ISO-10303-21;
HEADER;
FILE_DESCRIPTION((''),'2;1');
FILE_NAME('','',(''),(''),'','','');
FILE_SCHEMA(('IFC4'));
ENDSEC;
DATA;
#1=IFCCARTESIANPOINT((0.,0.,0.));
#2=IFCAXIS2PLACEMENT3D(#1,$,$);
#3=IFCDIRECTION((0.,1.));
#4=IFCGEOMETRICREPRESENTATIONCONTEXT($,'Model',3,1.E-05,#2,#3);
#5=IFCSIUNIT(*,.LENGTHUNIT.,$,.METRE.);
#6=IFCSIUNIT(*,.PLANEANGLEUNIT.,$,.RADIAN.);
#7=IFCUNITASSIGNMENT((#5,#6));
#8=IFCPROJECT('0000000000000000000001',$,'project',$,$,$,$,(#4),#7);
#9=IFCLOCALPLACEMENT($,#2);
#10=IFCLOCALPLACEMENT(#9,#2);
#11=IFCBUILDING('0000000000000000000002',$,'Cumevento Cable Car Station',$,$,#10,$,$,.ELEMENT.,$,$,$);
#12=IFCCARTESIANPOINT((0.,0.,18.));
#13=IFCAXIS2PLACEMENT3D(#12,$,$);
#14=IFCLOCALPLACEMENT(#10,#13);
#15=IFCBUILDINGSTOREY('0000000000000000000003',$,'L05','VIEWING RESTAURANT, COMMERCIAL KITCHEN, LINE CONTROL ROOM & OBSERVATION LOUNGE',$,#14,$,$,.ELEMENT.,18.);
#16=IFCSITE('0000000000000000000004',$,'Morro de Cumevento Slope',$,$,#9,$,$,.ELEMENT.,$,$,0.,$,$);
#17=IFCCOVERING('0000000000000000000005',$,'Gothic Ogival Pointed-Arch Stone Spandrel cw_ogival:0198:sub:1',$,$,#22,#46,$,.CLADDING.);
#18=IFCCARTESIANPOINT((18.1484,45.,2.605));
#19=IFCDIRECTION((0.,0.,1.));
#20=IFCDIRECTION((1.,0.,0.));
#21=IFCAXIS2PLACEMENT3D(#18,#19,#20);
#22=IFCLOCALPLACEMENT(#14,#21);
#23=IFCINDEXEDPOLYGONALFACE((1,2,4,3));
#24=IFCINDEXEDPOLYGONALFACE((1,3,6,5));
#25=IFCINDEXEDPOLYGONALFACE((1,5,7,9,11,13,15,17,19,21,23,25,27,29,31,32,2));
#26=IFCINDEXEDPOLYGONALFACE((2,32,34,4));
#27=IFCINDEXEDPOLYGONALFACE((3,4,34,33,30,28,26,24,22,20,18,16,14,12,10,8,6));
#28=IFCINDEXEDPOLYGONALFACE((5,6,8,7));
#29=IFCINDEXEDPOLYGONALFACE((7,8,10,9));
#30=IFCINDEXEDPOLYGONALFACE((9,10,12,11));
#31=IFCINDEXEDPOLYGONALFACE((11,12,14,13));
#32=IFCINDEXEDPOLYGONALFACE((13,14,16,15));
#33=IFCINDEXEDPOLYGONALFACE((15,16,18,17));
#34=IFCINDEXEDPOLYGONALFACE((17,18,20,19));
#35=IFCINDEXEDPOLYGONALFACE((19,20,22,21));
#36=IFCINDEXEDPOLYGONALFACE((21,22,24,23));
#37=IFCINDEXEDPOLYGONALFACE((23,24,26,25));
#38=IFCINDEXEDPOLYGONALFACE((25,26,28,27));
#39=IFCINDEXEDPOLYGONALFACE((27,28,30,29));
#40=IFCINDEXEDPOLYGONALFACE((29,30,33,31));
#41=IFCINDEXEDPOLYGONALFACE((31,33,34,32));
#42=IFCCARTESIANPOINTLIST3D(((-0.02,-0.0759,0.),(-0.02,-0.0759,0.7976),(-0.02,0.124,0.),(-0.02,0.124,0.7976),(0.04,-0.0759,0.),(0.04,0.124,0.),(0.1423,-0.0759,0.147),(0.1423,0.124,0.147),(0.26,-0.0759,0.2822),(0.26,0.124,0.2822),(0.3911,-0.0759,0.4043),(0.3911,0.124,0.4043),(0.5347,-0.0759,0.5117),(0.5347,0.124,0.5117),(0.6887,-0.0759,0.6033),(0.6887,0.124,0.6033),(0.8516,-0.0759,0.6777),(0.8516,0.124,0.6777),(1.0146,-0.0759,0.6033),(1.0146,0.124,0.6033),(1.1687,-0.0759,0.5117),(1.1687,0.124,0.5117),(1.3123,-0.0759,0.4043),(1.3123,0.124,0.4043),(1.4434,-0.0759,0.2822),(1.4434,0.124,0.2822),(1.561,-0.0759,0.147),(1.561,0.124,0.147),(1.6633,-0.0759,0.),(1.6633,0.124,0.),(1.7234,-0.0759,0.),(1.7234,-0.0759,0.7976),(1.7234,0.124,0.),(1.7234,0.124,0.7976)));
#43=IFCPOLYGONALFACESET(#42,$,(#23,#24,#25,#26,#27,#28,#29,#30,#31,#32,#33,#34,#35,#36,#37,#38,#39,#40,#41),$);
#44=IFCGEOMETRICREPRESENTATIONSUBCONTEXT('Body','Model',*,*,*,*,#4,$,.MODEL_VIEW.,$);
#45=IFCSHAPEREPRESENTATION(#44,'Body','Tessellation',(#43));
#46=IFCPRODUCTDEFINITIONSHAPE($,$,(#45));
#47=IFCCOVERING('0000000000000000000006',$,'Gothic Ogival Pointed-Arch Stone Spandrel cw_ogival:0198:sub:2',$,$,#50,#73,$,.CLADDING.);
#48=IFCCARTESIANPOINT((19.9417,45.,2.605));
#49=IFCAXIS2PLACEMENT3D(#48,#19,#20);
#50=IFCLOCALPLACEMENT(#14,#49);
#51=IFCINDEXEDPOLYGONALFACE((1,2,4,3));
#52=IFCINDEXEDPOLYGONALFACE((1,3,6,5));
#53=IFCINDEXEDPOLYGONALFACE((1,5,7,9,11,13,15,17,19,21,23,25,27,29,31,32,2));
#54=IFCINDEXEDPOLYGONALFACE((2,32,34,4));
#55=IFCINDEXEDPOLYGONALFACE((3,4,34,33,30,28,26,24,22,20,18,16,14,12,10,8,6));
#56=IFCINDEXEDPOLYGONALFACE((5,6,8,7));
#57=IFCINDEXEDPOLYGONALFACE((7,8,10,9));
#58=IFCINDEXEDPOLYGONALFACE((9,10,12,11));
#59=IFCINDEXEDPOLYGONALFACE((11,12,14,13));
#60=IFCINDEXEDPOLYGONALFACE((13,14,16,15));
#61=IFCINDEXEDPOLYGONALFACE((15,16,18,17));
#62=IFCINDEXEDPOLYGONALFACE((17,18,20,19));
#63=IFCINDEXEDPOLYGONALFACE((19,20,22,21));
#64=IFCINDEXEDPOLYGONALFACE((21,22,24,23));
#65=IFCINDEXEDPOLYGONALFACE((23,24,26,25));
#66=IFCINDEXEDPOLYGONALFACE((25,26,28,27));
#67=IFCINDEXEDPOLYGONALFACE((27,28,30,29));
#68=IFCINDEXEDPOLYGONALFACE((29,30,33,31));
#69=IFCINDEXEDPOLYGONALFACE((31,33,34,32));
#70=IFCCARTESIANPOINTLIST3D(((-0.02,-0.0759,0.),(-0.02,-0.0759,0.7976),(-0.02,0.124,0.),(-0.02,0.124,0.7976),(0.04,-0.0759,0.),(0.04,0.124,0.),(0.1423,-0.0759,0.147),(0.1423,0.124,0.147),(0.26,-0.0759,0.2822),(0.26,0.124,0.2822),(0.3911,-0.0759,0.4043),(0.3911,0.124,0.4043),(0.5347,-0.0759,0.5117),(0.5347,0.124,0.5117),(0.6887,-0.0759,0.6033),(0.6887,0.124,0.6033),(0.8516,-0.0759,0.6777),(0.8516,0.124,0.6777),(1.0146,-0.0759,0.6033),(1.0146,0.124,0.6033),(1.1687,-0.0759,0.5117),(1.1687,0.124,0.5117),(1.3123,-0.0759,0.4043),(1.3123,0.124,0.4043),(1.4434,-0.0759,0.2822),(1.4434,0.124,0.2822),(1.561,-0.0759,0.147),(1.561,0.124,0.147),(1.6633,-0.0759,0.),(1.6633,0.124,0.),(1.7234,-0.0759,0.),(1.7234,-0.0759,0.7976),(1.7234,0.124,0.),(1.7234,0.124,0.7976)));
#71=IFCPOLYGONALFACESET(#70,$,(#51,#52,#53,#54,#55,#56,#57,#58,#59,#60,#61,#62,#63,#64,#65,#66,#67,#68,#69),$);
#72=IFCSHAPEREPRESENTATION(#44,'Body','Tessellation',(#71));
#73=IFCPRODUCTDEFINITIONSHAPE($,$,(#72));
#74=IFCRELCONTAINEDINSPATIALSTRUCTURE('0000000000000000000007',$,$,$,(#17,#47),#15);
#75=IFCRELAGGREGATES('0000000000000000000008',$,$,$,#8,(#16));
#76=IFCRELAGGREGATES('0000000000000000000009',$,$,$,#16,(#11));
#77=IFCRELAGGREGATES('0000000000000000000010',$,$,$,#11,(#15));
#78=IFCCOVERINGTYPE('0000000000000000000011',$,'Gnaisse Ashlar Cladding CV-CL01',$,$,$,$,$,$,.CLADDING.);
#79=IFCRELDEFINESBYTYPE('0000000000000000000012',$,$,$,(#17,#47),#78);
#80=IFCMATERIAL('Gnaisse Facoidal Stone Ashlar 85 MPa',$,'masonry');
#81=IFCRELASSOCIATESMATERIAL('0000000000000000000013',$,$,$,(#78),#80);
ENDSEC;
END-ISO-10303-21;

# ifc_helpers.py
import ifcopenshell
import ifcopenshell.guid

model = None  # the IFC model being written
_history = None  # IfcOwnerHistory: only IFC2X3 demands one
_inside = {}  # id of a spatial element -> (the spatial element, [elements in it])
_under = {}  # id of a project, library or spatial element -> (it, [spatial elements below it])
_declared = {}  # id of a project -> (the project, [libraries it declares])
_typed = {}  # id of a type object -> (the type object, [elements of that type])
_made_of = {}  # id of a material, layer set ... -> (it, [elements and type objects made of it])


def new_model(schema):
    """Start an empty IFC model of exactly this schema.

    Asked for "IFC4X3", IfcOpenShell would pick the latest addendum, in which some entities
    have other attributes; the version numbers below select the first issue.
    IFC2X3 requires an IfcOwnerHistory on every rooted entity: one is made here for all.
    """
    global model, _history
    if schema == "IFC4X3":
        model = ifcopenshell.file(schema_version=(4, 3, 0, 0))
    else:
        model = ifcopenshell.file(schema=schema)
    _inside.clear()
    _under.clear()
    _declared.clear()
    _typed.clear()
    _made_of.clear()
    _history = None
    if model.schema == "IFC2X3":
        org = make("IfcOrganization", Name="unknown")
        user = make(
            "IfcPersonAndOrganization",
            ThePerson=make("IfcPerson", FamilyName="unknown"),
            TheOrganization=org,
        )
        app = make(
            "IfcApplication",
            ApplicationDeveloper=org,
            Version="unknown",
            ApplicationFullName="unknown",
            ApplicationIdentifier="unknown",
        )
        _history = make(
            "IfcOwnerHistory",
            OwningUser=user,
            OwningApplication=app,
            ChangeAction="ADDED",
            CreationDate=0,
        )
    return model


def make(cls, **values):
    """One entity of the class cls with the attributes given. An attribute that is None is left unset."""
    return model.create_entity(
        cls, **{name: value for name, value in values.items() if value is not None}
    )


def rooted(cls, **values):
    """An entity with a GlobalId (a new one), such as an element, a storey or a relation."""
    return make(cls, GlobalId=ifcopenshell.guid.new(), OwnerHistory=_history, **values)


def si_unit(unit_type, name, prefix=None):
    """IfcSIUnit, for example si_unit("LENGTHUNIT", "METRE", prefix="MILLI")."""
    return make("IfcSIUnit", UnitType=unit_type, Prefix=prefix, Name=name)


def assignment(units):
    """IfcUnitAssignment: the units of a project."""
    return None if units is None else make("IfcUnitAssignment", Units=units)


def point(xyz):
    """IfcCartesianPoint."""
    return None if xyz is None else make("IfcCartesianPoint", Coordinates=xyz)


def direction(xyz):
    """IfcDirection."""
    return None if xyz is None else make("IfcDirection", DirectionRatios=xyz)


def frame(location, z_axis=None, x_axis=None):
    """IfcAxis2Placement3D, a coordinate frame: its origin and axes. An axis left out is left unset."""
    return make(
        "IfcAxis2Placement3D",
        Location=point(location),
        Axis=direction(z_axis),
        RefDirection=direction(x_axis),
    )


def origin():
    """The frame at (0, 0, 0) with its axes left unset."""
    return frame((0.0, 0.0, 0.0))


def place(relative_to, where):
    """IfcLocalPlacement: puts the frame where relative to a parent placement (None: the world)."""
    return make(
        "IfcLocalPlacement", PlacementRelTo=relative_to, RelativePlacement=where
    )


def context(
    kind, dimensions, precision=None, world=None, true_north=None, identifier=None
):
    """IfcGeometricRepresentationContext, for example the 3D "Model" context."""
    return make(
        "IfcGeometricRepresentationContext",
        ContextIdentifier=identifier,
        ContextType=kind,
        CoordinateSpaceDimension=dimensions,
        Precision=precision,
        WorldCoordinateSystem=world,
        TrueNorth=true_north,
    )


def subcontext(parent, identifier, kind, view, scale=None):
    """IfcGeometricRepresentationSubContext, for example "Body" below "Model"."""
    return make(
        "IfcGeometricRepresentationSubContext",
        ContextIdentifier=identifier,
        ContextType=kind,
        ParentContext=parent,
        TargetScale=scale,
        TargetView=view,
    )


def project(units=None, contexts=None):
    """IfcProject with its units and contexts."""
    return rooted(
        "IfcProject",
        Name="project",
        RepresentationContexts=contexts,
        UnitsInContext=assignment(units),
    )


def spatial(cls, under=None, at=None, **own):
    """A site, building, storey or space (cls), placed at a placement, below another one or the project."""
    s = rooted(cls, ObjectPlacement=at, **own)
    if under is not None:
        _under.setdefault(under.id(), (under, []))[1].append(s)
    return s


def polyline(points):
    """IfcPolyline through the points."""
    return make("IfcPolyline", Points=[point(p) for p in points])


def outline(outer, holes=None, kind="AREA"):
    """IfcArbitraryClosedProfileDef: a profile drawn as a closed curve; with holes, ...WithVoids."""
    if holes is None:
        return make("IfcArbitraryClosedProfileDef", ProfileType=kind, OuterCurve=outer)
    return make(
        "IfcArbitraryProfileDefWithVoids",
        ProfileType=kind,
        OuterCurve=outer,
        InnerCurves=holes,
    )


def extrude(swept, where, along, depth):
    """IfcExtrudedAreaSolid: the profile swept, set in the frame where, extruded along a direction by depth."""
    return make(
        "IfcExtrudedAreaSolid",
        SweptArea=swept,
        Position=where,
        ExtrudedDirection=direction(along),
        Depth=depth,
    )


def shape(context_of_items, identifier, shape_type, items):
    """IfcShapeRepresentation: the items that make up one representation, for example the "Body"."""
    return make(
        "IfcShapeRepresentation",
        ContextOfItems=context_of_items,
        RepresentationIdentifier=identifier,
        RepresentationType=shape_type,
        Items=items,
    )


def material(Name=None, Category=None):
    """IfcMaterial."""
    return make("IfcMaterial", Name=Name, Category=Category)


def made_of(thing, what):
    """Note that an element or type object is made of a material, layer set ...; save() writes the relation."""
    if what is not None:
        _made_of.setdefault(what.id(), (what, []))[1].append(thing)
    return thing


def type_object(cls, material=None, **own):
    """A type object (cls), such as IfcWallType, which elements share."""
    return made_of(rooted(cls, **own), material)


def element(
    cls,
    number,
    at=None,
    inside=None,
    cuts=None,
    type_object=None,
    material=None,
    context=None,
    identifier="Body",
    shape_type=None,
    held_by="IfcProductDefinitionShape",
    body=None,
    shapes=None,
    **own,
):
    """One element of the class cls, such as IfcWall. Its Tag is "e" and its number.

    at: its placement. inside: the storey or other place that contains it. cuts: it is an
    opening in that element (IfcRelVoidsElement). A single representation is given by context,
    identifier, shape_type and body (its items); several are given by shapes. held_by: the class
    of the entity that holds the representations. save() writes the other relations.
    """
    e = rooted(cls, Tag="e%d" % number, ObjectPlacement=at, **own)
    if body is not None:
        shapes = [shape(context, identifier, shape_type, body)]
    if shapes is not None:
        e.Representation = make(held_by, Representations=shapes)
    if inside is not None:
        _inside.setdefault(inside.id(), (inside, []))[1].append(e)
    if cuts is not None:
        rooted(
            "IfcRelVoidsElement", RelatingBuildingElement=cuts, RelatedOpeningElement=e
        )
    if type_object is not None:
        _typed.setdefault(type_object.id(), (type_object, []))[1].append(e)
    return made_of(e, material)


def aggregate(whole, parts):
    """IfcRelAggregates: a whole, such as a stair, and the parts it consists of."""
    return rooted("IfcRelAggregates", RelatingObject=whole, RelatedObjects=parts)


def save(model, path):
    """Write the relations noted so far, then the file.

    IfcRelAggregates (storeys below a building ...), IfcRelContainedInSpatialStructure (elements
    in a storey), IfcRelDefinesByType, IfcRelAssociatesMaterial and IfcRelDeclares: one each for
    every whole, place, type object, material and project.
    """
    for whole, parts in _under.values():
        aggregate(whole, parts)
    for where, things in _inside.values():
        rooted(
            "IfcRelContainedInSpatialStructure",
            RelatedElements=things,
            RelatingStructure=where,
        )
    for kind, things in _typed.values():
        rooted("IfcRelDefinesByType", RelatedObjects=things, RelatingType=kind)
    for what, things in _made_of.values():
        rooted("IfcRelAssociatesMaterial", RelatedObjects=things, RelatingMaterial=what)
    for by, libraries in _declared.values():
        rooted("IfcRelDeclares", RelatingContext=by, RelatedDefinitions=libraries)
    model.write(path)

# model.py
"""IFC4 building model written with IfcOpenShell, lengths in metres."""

from ifc_helpers import new_model, si_unit, direction, frame, origin, place, context, subcontext, project, spatial, polyline, outline, extrude, material, type_object, element, save


model = new_model("IFC4")

# Units and contexts
model_context = context("Model", 3, precision=1e-05, world=origin(), true_north=direction((0.0, 1.0)))
body_context = subcontext(model_context, "Body", "Model", "MODEL_VIEW")
ifc_project = project(units=[si_unit("LENGTHUNIT", "METRE"), si_unit("PLANEANGLEUNIT", "RADIAN")], contexts=[model_context])

# Site, building, storey
site_placement = place(None, origin())
site = spatial("IfcSite", under=ifc_project, at=site_placement, Name="Morro de Cumevento Slope", CompositionType="ELEMENT", RefElevation=0.0)
building_placement = place(site_placement, origin())
building = spatial("IfcBuilding", under=site, at=building_placement, Name="Cumevento Cable Car Station", CompositionType="ELEMENT")
storey_placement = place(building_placement, frame((0.0, 0.0, 18.0)))
storey = spatial("IfcBuildingStorey", under=building, at=storey_placement, Name="L05", Description="VIEWING RESTAURANT, COMMERCIAL KITCHEN, LINE CONTROL ROOM & OBSERVATION LOUNGE", CompositionType="ELEMENT", Elevation=18.0)

# Coverings
ifc_material_1 = material(Name="Gnaisse Facoidal Stone Ashlar 85 MPa", Category="masonry")
covering_type = type_object("IfcCoveringType", Name="Gnaisse Ashlar Cladding CV-CL01", PredefinedType="CLADDING", material=ifc_material_1)
for number, where, z_axis, x_axis, name in (
    (1, (18.1484, 45.0, 2.605), (0.0, 0.0, 1.0), (1.0, 0.0, 0.0), "Gothic Ogival Pointed-Arch Stone Spandrel cw_ogival:0198:sub:1"),
    (2, (19.9417, 45.0, 2.605), (0.0, 0.0, 1.0), (1.0, 0.0, 0.0), "Gothic Ogival Pointed-Arch Stone Spandrel cw_ogival:0198:sub:2"),
):
    element("IfcCovering", number, at=place(storey_placement, frame(where, z_axis=z_axis, x_axis=x_axis)), inside=storey, type_object=covering_type, Name=name, PredefinedType="CLADDING", context=body_context, shape_type="SweptSolid", body=[
        extrude(outline(polyline([(-0.02, 0.0), (-0.02, 0.7976), (1.7234, 0.7976), (1.7234, 0.0), (1.6633, 0.0), (1.561, 0.147), (1.4434, 0.2822), (1.3123, 0.4043), (1.1687, 0.5117), (1.0146, 0.6033), (0.8516, 0.6777), (0.6887, 0.6033), (0.5347, 0.5117), (0.3911, 0.4043), (0.26, 0.2822), (0.1423, 0.147), (0.04, 0.0), (-0.02, 0.0)])), frame((0.0, 0.124, 0.0), z_axis=(0.0, -1.0, 0.0), x_axis=(1.0, 0.0, 0.0)), (0.0, 0.0, 1.0), 0.2),
    ])

save(model, "model.ifc")
